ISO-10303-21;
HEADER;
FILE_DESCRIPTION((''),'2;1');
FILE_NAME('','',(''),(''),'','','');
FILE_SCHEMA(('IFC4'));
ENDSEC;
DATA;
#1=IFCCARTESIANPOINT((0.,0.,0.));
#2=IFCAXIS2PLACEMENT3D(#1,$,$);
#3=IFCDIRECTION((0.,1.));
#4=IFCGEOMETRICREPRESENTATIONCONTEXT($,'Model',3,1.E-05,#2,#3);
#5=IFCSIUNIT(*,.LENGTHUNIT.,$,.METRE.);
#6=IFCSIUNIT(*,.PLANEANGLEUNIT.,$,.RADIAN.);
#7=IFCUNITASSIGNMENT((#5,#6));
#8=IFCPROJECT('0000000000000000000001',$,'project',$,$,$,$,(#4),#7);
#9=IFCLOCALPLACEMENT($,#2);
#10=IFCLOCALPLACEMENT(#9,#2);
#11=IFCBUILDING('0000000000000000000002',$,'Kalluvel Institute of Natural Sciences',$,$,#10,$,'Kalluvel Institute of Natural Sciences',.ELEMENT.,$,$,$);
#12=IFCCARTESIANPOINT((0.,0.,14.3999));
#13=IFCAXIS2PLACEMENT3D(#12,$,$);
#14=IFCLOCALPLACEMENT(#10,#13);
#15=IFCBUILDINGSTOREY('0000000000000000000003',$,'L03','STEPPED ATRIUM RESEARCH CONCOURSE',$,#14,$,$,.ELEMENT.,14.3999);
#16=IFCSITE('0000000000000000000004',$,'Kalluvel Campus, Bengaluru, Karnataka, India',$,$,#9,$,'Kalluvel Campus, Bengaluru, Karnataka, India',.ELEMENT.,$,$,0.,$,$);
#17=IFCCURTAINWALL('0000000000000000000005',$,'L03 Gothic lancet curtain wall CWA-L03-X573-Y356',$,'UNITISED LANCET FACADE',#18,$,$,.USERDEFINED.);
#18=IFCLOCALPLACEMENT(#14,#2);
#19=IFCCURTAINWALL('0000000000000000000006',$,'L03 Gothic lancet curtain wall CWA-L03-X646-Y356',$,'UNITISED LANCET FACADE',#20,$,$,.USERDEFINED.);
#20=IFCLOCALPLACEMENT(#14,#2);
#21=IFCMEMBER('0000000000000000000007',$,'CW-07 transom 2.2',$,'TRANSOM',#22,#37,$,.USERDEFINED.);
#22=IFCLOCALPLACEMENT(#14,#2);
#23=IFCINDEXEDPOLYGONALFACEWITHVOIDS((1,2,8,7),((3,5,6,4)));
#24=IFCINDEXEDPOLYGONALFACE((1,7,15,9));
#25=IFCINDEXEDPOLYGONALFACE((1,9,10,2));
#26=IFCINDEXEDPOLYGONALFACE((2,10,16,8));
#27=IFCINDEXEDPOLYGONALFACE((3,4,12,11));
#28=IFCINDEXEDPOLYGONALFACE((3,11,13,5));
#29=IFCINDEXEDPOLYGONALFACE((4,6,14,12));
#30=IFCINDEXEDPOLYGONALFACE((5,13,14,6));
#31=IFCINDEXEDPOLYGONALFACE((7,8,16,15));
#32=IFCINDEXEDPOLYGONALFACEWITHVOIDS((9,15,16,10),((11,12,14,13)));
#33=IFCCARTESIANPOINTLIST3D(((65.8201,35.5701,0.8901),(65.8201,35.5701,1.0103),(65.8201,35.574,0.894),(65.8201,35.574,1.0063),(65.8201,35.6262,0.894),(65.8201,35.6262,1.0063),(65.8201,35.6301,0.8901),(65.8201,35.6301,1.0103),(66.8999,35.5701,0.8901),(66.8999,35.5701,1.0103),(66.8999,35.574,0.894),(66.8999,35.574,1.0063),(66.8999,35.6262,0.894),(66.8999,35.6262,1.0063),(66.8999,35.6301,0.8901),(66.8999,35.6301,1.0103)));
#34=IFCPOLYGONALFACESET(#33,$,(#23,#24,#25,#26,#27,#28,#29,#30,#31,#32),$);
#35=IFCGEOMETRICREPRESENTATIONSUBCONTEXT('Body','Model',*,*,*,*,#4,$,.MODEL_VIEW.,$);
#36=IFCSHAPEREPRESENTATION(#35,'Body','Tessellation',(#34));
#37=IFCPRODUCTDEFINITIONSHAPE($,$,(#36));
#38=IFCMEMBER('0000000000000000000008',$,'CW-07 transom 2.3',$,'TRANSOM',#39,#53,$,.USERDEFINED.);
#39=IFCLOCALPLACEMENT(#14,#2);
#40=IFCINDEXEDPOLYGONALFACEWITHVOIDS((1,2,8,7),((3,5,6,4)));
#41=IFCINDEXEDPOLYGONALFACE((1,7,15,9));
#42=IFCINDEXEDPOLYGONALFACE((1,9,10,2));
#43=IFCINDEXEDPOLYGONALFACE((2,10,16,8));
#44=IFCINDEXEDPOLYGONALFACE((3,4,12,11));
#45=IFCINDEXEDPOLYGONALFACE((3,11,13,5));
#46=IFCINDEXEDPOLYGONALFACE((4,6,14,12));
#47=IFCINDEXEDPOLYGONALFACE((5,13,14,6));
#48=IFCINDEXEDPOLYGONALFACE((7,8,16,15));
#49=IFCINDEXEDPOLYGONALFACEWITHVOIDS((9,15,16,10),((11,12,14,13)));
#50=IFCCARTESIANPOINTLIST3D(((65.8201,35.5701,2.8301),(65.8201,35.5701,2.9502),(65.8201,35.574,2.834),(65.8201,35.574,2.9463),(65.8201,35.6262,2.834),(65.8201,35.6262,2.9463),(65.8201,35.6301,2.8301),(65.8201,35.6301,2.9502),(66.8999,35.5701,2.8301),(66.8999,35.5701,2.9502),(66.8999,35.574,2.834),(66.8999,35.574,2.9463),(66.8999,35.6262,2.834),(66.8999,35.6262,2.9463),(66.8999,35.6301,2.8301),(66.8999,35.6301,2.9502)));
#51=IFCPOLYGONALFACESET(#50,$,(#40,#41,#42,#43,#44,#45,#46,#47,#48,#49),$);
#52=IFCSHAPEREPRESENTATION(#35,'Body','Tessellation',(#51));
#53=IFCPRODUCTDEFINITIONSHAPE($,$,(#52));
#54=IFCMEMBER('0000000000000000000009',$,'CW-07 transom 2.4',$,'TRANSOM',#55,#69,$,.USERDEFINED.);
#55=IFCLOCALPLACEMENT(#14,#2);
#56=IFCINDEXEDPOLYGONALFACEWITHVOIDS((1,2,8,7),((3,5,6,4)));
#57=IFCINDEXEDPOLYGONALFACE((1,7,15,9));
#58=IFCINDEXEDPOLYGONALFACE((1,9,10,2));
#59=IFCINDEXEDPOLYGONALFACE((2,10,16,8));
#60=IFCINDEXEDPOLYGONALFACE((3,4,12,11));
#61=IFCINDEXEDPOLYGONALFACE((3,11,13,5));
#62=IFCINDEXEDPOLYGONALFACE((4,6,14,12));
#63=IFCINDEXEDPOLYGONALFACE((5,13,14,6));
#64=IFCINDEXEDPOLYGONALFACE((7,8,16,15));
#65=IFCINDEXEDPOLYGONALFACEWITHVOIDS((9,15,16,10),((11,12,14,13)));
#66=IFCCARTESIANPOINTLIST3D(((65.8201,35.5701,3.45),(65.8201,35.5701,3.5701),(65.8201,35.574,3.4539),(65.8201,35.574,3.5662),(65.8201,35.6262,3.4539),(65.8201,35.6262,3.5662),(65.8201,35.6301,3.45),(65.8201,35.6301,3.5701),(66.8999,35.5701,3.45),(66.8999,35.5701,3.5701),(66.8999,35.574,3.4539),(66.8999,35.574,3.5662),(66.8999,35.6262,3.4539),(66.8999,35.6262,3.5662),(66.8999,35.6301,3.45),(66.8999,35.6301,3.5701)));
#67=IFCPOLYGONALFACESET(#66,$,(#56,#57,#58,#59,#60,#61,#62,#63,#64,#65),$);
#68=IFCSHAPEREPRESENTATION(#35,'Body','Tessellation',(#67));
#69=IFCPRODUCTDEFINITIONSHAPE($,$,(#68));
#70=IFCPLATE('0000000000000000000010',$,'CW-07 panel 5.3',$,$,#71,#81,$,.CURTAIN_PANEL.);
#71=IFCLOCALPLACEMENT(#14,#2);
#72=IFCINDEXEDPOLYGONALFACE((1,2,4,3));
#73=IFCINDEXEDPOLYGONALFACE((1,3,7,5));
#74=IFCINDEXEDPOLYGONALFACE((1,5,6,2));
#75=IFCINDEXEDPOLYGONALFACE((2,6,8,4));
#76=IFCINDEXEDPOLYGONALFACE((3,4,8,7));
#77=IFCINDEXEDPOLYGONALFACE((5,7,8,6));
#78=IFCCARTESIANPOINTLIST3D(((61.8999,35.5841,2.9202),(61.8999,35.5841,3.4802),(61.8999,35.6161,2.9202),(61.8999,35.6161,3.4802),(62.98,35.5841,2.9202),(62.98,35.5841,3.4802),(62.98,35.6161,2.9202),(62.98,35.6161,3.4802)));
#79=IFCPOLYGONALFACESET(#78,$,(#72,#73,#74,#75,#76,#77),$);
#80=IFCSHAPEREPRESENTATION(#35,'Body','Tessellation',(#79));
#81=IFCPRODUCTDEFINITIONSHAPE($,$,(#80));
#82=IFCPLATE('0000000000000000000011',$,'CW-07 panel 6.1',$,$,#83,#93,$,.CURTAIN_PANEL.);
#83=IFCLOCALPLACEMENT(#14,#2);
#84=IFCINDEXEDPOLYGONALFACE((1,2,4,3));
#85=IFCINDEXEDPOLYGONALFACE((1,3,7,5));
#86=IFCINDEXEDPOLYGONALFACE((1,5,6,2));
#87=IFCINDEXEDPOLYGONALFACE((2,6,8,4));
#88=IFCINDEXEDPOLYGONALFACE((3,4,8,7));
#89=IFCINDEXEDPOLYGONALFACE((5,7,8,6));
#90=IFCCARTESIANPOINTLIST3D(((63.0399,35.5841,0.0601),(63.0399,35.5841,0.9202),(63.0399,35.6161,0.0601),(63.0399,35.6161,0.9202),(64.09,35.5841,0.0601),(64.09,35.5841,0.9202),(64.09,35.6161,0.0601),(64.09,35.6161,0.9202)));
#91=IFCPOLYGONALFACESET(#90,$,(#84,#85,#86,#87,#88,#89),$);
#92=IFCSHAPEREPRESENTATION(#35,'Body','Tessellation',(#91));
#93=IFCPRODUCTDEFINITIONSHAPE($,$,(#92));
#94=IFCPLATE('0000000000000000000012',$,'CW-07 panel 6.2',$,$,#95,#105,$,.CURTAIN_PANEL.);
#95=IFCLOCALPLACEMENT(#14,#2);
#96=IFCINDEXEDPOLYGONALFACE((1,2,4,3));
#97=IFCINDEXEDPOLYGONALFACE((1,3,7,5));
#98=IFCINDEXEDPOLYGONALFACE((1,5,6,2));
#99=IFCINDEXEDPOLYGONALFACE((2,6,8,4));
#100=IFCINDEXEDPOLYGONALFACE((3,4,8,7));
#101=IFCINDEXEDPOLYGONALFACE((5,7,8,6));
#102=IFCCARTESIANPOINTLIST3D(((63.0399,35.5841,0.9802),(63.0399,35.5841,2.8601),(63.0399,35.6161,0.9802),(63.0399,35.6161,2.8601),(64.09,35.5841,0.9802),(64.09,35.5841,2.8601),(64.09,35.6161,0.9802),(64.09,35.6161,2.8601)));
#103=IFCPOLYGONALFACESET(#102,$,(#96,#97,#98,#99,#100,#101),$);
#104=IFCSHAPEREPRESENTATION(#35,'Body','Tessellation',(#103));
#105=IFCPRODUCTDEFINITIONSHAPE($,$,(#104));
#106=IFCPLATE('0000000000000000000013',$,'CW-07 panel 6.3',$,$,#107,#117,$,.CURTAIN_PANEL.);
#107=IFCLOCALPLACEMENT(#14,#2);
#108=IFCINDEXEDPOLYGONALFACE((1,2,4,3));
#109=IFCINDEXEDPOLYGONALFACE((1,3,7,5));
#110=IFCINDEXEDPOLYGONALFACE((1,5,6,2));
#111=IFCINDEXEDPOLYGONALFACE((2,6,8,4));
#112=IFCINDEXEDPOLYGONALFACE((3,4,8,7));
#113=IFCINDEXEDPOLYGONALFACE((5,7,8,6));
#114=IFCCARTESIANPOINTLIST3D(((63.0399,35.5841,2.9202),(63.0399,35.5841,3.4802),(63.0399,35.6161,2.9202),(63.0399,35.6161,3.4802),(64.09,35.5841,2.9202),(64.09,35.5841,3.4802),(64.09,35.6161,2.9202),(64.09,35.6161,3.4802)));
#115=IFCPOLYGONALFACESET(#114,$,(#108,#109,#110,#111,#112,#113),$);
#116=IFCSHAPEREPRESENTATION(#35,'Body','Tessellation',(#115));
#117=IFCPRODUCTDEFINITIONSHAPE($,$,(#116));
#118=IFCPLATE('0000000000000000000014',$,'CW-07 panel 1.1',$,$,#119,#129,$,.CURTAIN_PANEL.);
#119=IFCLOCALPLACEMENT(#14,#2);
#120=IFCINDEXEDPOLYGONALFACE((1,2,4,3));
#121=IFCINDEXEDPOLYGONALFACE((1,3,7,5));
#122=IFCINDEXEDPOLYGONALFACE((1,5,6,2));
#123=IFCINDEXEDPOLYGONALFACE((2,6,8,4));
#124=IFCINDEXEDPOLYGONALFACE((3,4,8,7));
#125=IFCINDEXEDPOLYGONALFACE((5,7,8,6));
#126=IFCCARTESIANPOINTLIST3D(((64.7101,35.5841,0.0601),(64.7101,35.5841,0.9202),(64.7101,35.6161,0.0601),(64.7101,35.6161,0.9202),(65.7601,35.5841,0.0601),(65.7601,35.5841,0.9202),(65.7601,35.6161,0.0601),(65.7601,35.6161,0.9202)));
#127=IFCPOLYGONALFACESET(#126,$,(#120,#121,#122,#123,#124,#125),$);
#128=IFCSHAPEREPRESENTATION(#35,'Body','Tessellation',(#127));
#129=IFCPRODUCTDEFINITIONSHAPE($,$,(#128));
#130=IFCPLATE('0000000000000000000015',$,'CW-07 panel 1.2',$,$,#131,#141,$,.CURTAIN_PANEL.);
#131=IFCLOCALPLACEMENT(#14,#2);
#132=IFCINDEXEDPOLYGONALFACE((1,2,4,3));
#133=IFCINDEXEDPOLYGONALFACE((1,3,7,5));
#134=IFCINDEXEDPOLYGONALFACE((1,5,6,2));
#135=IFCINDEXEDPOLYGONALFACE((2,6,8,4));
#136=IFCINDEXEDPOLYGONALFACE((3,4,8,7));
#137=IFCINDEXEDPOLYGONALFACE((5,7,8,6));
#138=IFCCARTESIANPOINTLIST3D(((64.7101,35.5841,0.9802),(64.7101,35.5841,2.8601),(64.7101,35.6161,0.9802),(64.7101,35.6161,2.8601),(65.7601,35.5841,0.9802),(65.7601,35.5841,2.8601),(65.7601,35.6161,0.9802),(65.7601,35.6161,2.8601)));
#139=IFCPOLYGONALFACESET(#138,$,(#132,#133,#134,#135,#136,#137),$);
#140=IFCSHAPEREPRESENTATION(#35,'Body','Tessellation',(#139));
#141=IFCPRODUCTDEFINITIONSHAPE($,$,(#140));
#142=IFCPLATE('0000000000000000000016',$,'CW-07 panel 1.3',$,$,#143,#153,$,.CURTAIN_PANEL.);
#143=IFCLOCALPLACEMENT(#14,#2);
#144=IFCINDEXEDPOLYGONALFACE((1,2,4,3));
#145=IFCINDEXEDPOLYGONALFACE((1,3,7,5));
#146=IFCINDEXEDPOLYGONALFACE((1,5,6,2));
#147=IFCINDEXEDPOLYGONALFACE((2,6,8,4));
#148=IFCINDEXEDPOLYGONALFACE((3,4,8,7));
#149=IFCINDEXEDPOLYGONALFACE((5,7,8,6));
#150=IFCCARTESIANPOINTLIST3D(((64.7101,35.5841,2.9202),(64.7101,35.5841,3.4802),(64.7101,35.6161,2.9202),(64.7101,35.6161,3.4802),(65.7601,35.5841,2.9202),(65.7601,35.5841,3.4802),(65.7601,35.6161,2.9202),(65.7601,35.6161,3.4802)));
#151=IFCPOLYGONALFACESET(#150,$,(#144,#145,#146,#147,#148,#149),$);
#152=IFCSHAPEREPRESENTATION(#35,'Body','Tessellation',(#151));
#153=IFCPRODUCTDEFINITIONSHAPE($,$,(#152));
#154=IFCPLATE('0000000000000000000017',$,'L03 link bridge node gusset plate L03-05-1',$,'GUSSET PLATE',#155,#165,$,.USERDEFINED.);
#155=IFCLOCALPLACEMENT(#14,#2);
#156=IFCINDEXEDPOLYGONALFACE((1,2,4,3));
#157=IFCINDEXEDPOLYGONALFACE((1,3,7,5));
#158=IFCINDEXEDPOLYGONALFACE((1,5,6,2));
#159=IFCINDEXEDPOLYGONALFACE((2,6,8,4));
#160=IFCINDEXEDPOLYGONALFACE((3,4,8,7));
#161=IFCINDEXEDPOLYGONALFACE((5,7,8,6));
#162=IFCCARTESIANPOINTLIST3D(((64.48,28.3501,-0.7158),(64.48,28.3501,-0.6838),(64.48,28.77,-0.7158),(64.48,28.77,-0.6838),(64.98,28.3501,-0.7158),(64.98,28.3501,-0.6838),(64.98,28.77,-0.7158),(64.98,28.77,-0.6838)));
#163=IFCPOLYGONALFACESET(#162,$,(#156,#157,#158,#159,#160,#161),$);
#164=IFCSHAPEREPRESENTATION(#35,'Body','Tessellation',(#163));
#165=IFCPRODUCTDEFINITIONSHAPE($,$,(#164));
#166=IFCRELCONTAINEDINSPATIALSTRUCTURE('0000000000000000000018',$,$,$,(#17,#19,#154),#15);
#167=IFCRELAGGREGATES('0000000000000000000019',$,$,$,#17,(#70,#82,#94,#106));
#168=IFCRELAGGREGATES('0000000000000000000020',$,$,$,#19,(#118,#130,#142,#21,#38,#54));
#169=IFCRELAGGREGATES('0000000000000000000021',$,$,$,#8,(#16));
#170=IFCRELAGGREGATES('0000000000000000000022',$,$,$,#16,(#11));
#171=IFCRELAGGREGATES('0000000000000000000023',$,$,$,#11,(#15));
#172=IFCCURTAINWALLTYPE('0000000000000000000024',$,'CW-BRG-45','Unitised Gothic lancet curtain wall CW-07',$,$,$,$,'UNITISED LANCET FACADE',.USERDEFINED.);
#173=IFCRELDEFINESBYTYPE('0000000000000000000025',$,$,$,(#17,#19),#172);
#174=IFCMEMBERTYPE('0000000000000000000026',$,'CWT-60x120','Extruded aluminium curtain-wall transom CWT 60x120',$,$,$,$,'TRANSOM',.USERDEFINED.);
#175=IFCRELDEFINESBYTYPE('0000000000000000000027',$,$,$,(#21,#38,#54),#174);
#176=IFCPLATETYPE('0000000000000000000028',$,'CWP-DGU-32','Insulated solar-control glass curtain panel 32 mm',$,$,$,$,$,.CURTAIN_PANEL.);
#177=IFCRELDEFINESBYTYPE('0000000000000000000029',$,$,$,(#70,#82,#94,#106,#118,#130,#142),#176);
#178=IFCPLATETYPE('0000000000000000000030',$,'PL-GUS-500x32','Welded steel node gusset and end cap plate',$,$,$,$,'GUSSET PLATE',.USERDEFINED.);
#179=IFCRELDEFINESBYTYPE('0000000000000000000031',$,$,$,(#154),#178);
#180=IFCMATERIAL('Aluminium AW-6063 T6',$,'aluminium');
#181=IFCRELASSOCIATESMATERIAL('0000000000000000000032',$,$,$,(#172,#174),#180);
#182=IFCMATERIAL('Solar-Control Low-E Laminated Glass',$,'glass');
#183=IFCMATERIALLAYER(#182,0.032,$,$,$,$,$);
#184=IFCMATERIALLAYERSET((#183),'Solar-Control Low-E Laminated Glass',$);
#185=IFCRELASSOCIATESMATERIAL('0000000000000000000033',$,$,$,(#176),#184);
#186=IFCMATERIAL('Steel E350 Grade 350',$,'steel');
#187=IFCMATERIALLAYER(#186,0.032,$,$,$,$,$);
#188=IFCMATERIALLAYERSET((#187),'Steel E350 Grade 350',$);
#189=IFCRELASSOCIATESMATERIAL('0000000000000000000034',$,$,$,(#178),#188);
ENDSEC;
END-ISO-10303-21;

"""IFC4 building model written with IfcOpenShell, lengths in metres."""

from ifc_helpers import new_model, si_unit, direction, frame, origin, origin_2d, place, context, subcontext, project, spatial, rectangle, hollow_rectangle, extrude, material, layer, layer_set, material_profile, profile_set, type_object, element, aggregate, save


model = new_model("IFC4")

# Units and contexts
model_context = context("Model", 3, precision=1e-05, world=origin(), true_north=direction((0.0, 1.0)))
body_context = subcontext(model_context, "Body", "Model", "MODEL_VIEW")
ifc_project = project(units=[si_unit("LENGTHUNIT", "METRE"), si_unit("PLANEANGLEUNIT", "RADIAN")], contexts=[model_context])

# Site, building, storey
site_placement = place(None, origin())
site = spatial("IfcSite", under=ifc_project, at=site_placement, Name="Kalluvel Campus, Bengaluru, Karnataka, India", LongName="Kalluvel Campus, Bengaluru, Karnataka, India", CompositionType="ELEMENT", RefElevation=0.0)
building_placement = place(site_placement, origin())
building = spatial("IfcBuilding", under=site, at=building_placement, Name="Kalluvel Institute of Natural Sciences", LongName="Kalluvel Institute of Natural Sciences", CompositionType="ELEMENT")
storey_placement = place(building_placement, frame((0.0, 0.0, 14.3999)))
storey = spatial("IfcBuildingStorey", under=building, at=storey_placement, Name="L03", Description="STEPPED ATRIUM RESEARCH CONCOURSE", CompositionType="ELEMENT", Elevation=14.3999)

# Shared definitions
ifc_material_1 = material(Name="Steel E350 Grade 350", Category="steel")

# Curtain walls
ifc_material_2 = material(Name="Aluminium AW-6063 T6", Category="aluminium")
curtain_wall_type = type_object("IfcCurtainWallType", Name="CW-BRG-45", Description="Unitised Gothic lancet curtain wall CW-07", ElementType="UNITISED LANCET FACADE", PredefinedType="USERDEFINED", material=ifc_material_2)
curtain_wall_1_placement = place(storey_placement, origin())
curtain_wall_1 = element("IfcCurtainWall", 1, at=curtain_wall_1_placement, inside=storey, type_object=curtain_wall_type, Name="L03 Gothic lancet curtain wall CWA-L03-X573-Y356", ObjectType="UNITISED LANCET FACADE", PredefinedType="USERDEFINED")
curtain_wall_2_placement = place(storey_placement, origin())
curtain_wall_2 = element("IfcCurtainWall", 2, at=curtain_wall_2_placement, inside=storey, type_object=curtain_wall_type, Name="L03 Gothic lancet curtain wall CWA-L03-X646-Y356", ObjectType="UNITISED LANCET FACADE", PredefinedType="USERDEFINED")

# Members
ifc_material_profile_1 = material_profile(ifc_material_2, hollow_rectangle(XDim=0.0601, YDim=0.1201, WallThickness=0.0039, at=origin_2d()), Name="CWT 60x120")
ifc_profile_set_1 = profile_set([ifc_material_profile_1], Name="Aluminium AW-6063 T6")
member_type_1 = type_object("IfcMemberType", Name="CWT-60x120", Description="Extruded aluminium curtain-wall transom CWT 60x120", ElementType="TRANSOM", PredefinedType="USERDEFINED", material=ifc_profile_set_1)
member_1_placement = place(storey_placement, frame((65.8201, 35.6001, 0.9502), z_axis=(1.0, 0.0, 0.0), x_axis=(0.0, 1.0, 0.0)))
member_1 = element("IfcMember", 3, at=member_1_placement, type_object=member_type_1, Name="CW-07 transom 2.2", ObjectType="TRANSOM", PredefinedType="USERDEFINED", context=body_context, shape_type="SweptSolid", body=[
    extrude(hollow_rectangle(XDim=0.0601, YDim=0.1201, WallThickness=0.0039, at=origin_2d()), origin(), (0.0, 0.0, 1.0), 1.0798),
])
member_2_placement = place(storey_placement, frame((65.8201, 35.6001, 2.8901), z_axis=(1.0, 0.0, 0.0), x_axis=(0.0, 1.0, 0.0)))
member_2 = element("IfcMember", 4, at=member_2_placement, type_object=member_type_1, Name="CW-07 transom 2.3", ObjectType="TRANSOM", PredefinedType="USERDEFINED", context=body_context, shape_type="SweptSolid", body=[
    extrude(hollow_rectangle(XDim=0.0601, YDim=0.1201, WallThickness=0.0039, at=origin_2d()), origin(), (0.0, 0.0, 1.0), 1.0798),
])
member_3_placement = place(storey_placement, frame((65.8201, 35.6001, 3.51), z_axis=(1.0, 0.0, 0.0), x_axis=(0.0, 1.0, 0.0)))
member_3 = element("IfcMember", 5, at=member_3_placement, type_object=member_type_1, Name="CW-07 transom 2.4", ObjectType="TRANSOM", PredefinedType="USERDEFINED", context=body_context, shape_type="SweptSolid", body=[
    extrude(hollow_rectangle(XDim=0.0601, YDim=0.1201, WallThickness=0.0039, at=origin_2d()), origin(), (0.0, 0.0, 1.0), 1.0798),
])

# Plates
ifc_material_3 = material(Name="Solar-Control Low-E Laminated Glass", Category="glass")
ifc_layer_1 = layer(ifc_material_3, 0.032)
ifc_layer_set_1 = layer_set([ifc_layer_1], Name="Solar-Control Low-E Laminated Glass")
plate_type_1 = type_object("IfcPlateType", Name="CWP-DGU-32", Description="Insulated solar-control glass curtain panel 32 mm", PredefinedType="CURTAIN_PANEL", material=ifc_layer_set_1)
plate_1_placement = place(storey_placement, frame((62.4399, 35.6001, 2.9202), z_axis=(0.0, 0.0, 1.0), x_axis=(1.0, 0.0, 0.0)))
plate_1 = element("IfcPlate", 6, at=plate_1_placement, type_object=plate_type_1, Name="CW-07 panel 5.3", PredefinedType="CURTAIN_PANEL", context=body_context, shape_type="SweptSolid", body=[
    extrude(rectangle(XDim=1.0801, YDim=0.032, at=origin_2d()), origin(), (0.0, 0.0, 1.0), 0.5601),
])
plate_2_placement = place(storey_placement, frame((63.5649, 35.6001, 0.0601), z_axis=(0.0, 0.0, 1.0), x_axis=(1.0, 0.0, 0.0)))
plate_2 = element("IfcPlate", 7, at=plate_2_placement, type_object=plate_type_1, Name="CW-07 panel 6.1", PredefinedType="CURTAIN_PANEL", context=body_context, shape_type="SweptSolid", body=[
    extrude(rectangle(XDim=1.05, YDim=0.032, at=origin_2d()), origin(), (0.0, 0.0, 1.0), 0.8601),
])
plate_3_placement = place(storey_placement, frame((63.5649, 35.6001, 0.9802), z_axis=(0.0, 0.0, 1.0), x_axis=(1.0, 0.0, 0.0)))
plate_3 = element("IfcPlate", 8, at=plate_3_placement, type_object=plate_type_1, Name="CW-07 panel 6.2", PredefinedType="CURTAIN_PANEL", context=body_context, shape_type="SweptSolid", body=[
    extrude(rectangle(XDim=1.05, YDim=0.032, at=origin_2d()), origin(), (0.0, 0.0, 1.0), 1.8799),
])
plate_4_placement = place(storey_placement, frame((63.5649, 35.6001, 2.9202), z_axis=(0.0, 0.0, 1.0), x_axis=(1.0, 0.0, 0.0)))
plate_4 = element("IfcPlate", 9, at=plate_4_placement, type_object=plate_type_1, Name="CW-07 panel 6.3", PredefinedType="CURTAIN_PANEL", context=body_context, shape_type="SweptSolid", body=[
    extrude(rectangle(XDim=1.05, YDim=0.032, at=origin_2d()), origin(), (0.0, 0.0, 1.0), 0.5601),
])
aggregate(curtain_wall_1, [plate_1, plate_2, plate_3, plate_4])
plate_5_placement = place(storey_placement, frame((65.2351, 35.6001, 0.0601), z_axis=(0.0, 0.0, 1.0), x_axis=(1.0, 0.0, 0.0)))
plate_5 = element("IfcPlate", 10, at=plate_5_placement, type_object=plate_type_1, Name="CW-07 panel 1.1", PredefinedType="CURTAIN_PANEL", context=body_context, shape_type="SweptSolid", body=[
    extrude(rectangle(XDim=1.05, YDim=0.032, at=origin_2d()), origin(), (0.0, 0.0, 1.0), 0.8601),
])
plate_6_placement = place(storey_placement, frame((65.2351, 35.6001, 0.9802), z_axis=(0.0, 0.0, 1.0), x_axis=(1.0, 0.0, 0.0)))
plate_6 = element("IfcPlate", 11, at=plate_6_placement, type_object=plate_type_1, Name="CW-07 panel 1.2", PredefinedType="CURTAIN_PANEL", context=body_context, shape_type="SweptSolid", body=[
    extrude(rectangle(XDim=1.05, YDim=0.032, at=origin_2d()), origin(), (0.0, 0.0, 1.0), 1.8799),
])
plate_7_placement = place(storey_placement, frame((65.2351, 35.6001, 2.9202), z_axis=(0.0, 0.0, 1.0), x_axis=(1.0, 0.0, 0.0)))
plate_7 = element("IfcPlate", 12, at=plate_7_placement, type_object=plate_type_1, Name="CW-07 panel 1.3", PredefinedType="CURTAIN_PANEL", context=body_context, shape_type="SweptSolid", body=[
    extrude(rectangle(XDim=1.05, YDim=0.032, at=origin_2d()), origin(), (0.0, 0.0, 1.0), 0.5601),
])
aggregate(curtain_wall_2, [plate_5, plate_6, plate_7, member_1, member_2, member_3])
ifc_layer_2 = layer(ifc_material_1, 0.032)
ifc_layer_set_2 = layer_set([ifc_layer_2], Name="Steel E350 Grade 350")
plate_type_2 = type_object("IfcPlateType", Name="PL-GUS-500x32", Description="Welded steel node gusset and end cap plate", ElementType="GUSSET PLATE", PredefinedType="USERDEFINED", material=ifc_layer_set_2)
plate_8_placement = place(storey_placement, frame((64.73, 28.5601, -0.7158), z_axis=(0.0, 0.0, 1.0), x_axis=(1.0, 0.0, 0.0)))
element("IfcPlate", 13, at=plate_8_placement, inside=storey, type_object=plate_type_2, Name="L03 link bridge node gusset plate L03-05-1", ObjectType="GUSSET PLATE", PredefinedType="USERDEFINED", context=body_context, shape_type="SweptSolid", body=[
    extrude(rectangle(XDim=0.5, YDim=0.4199, at=origin_2d()), origin(), (0.0, 0.0, 1.0), 0.032),
])

save(model, "model.ifc")
